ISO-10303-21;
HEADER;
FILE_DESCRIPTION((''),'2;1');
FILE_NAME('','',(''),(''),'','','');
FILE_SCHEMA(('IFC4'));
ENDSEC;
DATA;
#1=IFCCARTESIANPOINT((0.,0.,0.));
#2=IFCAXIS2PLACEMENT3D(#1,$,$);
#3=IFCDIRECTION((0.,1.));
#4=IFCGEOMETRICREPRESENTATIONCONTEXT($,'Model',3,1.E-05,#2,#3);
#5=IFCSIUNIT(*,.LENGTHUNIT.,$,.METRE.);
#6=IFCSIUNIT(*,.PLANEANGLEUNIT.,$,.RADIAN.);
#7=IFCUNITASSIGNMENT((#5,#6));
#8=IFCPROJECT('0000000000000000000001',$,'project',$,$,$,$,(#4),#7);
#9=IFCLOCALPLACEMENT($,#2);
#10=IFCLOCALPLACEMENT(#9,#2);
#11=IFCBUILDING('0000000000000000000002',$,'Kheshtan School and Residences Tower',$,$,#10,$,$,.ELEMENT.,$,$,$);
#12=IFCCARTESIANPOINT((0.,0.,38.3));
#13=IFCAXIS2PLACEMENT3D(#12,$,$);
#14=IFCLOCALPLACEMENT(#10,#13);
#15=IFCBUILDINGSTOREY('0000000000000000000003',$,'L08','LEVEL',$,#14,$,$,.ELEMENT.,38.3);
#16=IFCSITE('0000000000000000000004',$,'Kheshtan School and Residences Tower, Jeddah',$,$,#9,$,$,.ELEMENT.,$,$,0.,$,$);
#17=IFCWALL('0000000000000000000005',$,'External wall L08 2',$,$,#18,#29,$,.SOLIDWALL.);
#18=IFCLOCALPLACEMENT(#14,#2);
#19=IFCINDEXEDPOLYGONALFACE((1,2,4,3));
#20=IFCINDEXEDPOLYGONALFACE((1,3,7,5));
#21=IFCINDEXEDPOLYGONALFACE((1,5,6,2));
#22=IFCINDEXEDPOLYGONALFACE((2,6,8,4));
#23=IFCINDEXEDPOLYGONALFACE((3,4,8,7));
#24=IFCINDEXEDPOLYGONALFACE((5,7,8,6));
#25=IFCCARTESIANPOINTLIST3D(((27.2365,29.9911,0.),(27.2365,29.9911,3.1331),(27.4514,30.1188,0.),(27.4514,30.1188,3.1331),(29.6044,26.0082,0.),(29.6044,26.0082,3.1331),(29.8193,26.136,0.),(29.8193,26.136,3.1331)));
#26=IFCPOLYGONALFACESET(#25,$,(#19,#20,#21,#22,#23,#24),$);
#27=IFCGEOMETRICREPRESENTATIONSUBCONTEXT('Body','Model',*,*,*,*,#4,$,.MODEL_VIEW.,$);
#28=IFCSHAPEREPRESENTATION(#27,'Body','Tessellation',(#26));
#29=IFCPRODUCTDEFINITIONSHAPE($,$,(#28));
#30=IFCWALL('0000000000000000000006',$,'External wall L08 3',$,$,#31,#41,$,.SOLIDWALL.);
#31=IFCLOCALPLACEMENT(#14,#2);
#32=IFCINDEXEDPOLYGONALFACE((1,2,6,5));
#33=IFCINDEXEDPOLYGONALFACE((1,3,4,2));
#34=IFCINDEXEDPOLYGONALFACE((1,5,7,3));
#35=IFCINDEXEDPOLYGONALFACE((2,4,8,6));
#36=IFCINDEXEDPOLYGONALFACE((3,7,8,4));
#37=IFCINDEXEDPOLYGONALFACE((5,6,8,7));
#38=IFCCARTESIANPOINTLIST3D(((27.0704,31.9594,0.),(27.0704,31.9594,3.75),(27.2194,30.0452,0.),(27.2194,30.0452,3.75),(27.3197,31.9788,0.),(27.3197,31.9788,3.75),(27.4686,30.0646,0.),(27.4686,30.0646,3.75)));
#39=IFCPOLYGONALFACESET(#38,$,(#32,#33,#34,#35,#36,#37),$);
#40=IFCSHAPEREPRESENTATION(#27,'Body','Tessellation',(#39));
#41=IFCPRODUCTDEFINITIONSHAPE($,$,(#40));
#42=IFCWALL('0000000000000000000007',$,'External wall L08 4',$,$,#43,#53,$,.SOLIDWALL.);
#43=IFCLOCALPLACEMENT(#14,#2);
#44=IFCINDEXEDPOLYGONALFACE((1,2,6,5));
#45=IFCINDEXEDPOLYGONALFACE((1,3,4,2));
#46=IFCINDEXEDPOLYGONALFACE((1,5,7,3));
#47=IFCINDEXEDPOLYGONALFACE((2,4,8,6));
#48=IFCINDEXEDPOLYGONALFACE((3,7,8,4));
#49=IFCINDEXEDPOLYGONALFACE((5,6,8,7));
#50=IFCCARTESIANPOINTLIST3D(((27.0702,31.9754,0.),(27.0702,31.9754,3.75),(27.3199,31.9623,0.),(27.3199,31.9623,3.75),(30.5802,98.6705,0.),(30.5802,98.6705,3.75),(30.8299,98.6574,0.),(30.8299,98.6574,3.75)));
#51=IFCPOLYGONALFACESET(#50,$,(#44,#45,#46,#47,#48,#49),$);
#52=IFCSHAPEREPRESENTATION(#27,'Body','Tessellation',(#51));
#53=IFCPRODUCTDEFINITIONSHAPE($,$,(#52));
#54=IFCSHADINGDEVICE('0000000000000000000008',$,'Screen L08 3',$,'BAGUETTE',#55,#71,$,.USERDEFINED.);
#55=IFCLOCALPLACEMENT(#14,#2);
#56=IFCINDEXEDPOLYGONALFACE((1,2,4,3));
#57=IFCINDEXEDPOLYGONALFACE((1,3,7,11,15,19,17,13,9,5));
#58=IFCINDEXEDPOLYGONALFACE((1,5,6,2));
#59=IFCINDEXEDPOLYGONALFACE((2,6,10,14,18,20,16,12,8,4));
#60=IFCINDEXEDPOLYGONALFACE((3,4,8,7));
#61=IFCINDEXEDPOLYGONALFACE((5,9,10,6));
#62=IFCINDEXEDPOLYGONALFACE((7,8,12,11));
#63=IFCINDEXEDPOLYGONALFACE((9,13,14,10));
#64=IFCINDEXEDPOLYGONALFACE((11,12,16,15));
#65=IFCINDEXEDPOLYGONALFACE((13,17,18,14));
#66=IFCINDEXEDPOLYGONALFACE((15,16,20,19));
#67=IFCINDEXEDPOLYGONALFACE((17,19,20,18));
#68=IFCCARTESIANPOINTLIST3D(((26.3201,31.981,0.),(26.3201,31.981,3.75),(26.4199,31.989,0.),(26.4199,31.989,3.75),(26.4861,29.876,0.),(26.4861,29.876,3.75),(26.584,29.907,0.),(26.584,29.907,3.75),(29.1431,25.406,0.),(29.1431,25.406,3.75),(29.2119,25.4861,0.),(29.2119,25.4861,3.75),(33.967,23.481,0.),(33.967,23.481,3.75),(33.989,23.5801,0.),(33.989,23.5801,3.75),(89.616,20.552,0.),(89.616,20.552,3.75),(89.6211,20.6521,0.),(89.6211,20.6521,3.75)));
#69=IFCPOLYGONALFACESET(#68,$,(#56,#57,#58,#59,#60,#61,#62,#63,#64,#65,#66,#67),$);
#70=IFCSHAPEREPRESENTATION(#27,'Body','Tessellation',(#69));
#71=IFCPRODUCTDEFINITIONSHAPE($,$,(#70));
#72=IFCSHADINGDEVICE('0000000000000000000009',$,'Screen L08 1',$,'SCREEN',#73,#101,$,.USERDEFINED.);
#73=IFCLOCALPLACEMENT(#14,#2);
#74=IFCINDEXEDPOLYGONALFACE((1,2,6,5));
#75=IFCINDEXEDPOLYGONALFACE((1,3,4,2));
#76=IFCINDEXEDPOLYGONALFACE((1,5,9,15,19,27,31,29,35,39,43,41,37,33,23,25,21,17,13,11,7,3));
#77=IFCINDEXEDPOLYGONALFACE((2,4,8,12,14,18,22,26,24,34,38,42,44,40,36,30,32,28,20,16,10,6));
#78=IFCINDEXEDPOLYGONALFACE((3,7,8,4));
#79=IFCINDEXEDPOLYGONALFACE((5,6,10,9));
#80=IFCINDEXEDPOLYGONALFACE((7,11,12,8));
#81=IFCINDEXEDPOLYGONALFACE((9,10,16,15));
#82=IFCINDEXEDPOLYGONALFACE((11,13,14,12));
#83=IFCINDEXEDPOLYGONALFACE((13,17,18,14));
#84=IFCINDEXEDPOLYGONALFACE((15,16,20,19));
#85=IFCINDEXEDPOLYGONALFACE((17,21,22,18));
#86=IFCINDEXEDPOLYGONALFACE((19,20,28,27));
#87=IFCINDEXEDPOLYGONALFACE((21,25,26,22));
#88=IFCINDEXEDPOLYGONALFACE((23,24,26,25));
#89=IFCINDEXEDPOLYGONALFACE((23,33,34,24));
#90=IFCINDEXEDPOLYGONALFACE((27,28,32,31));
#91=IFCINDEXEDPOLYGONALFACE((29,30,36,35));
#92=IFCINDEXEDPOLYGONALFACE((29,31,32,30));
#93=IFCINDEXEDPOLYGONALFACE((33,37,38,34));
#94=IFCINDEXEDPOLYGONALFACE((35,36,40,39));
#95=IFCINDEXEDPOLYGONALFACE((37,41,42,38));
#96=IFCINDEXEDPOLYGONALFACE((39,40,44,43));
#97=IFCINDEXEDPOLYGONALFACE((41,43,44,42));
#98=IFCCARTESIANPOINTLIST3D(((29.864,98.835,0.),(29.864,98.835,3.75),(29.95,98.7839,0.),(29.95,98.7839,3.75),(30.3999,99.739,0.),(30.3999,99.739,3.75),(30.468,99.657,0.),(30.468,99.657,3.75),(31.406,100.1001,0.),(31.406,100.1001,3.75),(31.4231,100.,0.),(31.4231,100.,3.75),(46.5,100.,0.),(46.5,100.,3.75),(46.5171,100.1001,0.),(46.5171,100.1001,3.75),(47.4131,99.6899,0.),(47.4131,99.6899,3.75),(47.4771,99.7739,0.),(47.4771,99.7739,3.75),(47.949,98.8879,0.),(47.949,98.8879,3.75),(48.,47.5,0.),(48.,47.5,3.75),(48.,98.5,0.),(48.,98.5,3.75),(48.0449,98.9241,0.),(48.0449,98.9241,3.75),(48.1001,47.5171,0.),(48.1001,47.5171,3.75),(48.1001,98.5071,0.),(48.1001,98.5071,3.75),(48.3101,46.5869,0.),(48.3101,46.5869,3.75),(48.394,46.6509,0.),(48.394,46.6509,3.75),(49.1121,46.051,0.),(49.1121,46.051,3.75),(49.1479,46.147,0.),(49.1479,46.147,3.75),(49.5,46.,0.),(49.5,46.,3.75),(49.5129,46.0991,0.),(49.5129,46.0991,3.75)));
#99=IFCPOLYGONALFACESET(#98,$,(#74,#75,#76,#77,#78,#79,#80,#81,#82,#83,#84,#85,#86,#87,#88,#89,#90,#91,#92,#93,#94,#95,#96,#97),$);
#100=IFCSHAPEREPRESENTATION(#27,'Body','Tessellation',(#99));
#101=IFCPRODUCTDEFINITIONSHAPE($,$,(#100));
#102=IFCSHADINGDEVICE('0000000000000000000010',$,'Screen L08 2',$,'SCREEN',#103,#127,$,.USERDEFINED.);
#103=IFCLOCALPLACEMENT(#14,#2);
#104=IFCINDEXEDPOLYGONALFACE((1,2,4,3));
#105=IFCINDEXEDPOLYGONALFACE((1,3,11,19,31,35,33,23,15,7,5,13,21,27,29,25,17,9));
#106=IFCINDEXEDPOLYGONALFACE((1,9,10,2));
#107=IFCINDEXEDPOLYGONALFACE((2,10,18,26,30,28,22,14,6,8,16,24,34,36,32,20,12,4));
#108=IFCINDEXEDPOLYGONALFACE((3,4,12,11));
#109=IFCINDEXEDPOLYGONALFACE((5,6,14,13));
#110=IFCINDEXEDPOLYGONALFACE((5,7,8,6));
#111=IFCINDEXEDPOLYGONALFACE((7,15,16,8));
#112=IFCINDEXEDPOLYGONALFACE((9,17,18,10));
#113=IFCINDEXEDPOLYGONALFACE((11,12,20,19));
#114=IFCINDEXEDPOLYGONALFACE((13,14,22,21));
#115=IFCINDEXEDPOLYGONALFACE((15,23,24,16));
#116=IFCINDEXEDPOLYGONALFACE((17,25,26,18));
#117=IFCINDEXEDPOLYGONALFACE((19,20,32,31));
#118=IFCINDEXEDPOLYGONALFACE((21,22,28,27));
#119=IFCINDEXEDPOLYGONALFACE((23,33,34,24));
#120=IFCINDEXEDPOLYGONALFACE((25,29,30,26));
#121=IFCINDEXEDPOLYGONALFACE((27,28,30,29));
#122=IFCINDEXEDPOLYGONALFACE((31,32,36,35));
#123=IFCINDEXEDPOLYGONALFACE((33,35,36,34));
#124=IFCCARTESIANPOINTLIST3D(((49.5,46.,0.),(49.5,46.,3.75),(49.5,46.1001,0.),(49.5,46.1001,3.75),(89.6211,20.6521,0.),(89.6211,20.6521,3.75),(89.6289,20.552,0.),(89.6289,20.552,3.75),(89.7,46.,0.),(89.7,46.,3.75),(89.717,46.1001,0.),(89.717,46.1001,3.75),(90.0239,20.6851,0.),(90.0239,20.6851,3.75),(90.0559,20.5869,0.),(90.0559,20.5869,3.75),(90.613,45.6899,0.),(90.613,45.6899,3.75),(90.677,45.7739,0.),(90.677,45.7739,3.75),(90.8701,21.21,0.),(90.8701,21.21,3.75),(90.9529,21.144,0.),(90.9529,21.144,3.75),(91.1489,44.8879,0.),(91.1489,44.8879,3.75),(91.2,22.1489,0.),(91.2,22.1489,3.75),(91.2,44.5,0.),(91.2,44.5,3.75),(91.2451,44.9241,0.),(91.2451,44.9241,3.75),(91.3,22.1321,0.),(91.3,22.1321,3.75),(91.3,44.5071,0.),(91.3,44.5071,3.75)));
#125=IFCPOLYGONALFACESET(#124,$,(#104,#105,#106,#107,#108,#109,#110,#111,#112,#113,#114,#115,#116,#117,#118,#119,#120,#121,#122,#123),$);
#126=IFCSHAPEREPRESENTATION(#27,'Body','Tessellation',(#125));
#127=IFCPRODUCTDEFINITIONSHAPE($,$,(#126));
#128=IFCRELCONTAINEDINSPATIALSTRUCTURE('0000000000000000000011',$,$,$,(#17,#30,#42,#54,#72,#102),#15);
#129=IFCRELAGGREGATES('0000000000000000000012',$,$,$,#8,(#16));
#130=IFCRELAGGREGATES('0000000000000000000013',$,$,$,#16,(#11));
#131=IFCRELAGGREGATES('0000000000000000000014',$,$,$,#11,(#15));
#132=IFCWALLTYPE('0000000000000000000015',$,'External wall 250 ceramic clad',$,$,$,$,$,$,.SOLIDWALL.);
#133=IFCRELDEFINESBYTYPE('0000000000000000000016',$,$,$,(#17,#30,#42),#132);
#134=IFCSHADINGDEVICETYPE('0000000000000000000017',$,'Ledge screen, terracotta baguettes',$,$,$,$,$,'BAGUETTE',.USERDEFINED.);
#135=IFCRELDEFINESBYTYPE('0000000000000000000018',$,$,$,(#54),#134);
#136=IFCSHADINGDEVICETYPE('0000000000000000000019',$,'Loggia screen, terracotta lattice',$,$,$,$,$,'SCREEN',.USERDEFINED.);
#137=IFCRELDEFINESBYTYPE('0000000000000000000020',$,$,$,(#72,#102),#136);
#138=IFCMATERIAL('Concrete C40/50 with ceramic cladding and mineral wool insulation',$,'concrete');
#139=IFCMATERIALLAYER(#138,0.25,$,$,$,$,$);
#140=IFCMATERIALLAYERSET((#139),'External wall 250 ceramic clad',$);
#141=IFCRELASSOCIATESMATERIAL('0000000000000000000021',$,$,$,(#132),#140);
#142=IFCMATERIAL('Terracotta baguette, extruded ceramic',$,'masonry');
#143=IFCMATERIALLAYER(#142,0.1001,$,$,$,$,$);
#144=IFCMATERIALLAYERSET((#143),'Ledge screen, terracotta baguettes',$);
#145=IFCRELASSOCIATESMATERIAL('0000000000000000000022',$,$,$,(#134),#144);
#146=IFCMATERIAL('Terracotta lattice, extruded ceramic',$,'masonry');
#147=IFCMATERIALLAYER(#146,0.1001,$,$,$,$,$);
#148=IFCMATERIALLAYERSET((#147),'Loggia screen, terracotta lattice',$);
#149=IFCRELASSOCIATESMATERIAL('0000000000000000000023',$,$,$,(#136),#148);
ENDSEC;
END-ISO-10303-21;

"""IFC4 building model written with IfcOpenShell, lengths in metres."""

from ifc_helpers import new_model, si_unit, direction, frame, frame_2d, origin, place, context, subcontext, project, spatial, polyline, rectangle, outline, extrude, material, layer, layer_set, type_object, element, save


model = new_model("IFC4")

# Units and contexts
model_context = context("Model", 3, precision=1e-05, world=origin(), true_north=direction((0.0, 1.0)))
body_context = subcontext(model_context, "Body", "Model", "MODEL_VIEW")
ifc_project = project(units=[si_unit("LENGTHUNIT", "METRE"), si_unit("PLANEANGLEUNIT", "RADIAN")], contexts=[model_context])

# Site, building, storey
site_placement = place(None, origin())
site = spatial("IfcSite", under=ifc_project, at=site_placement, Name="Kheshtan School and Residences Tower, Jeddah", CompositionType="ELEMENT", RefElevation=0.0)
building_placement = place(site_placement, origin())
building = spatial("IfcBuilding", under=site, at=building_placement, Name="Kheshtan School and Residences Tower", CompositionType="ELEMENT")
storey_placement = place(building_placement, frame((0.0, 0.0, 38.3)))
storey = spatial("IfcBuildingStorey", under=building, at=storey_placement, Name="L08", Description="LEVEL", CompositionType="ELEMENT", Elevation=38.3)

# Walls
ifc_material_1 = material(Name="Concrete C40/50 with ceramic cladding and mineral wool insulation", Category="concrete")
ifc_layer_1 = layer(ifc_material_1, 0.25)
ifc_layer_set_1 = layer_set([ifc_layer_1], Name="External wall 250 ceramic clad")
wall_type_1 = type_object("IfcWallType", Name="External wall 250 ceramic clad", PredefinedType="SOLIDWALL", material=ifc_layer_set_1)
wall_1_placement = place(storey_placement, frame((29.7119, 26.072, 0.0), z_axis=(0.0, 0.0, 1.0), x_axis=(-0.511028, 0.859564, 0.0)))
element("IfcWall", 1, at=wall_1_placement, inside=storey, type_object=wall_type_1, Name="External wall L08 2", PredefinedType="SOLIDWALL", context=body_context, shape_type="SweptSolid", body=[
    extrude(rectangle(XDim=4.6335, YDim=0.25, at=frame_2d((2.3169, 0.0))), origin(), (0.0, 0.0, 1.0), 3.1331),
])
wall_2_placement = place(storey_placement, frame((27.344, 30.0549, 0.0), z_axis=(0.0, 0.0, 1.0), x_axis=(-0.077572, 0.996987, 0.0)))
element("IfcWall", 2, at=wall_2_placement, inside=storey, type_object=wall_type_1, Name="External wall L08 3", PredefinedType="SOLIDWALL", context=body_context, shape_type="SweptSolid", body=[
    extrude(rectangle(XDim=1.9199, YDim=0.25, at=frame_2d((0.96, 0.0))), origin(), (0.0, 0.0, 1.0), 3.75),
])
wall_3_placement = place(storey_placement, frame((27.1951, 31.969, 0.0), z_axis=(0.0, 0.0, 1.0), x_axis=(0.052555, 0.998618, 0.0)))
element("IfcWall", 3, at=wall_3_placement, inside=storey, type_object=wall_type_1, Name="External wall L08 4", PredefinedType="SOLIDWALL", context=body_context, shape_type="SweptSolid", body=[
    extrude(rectangle(XDim=66.7874, YDim=0.25, at=frame_2d((33.3936, 0.0))), origin(), (0.0, 0.0, 1.0), 3.75),
])

# Shading devices
ifc_material_2 = material(Name="Terracotta baguette, extruded ceramic", Category="masonry")
ifc_layer_2 = layer(ifc_material_2, 0.1001)
ifc_layer_set_2 = layer_set([ifc_layer_2], Name="Ledge screen, terracotta baguettes")
shading_device_type_1 = type_object("IfcShadingDeviceType", Name="Ledge screen, terracotta baguettes", ElementType="BAGUETTE", PredefinedType="USERDEFINED", material=ifc_layer_set_2)
shading_device_1_placement = place(storey_placement, origin())
element("IfcShadingDevice", 4, at=shading_device_1_placement, inside=storey, type_object=shading_device_type_1, Name="Screen L08 3", ObjectType="BAGUETTE", PredefinedType="USERDEFINED", context=body_context, shape_type="SweptSolid", body=[
    extrude(outline(polyline([(89.6211, 20.6521), (33.989, 23.5801), (29.2119, 25.4861), (26.584, 29.907), (26.4199, 31.989), (26.3201, 31.981), (26.4861, 29.876), (29.1431, 25.406), (33.967, 23.481), (89.616, 20.552), (89.6211, 20.6521)])), origin(), (0.0, 0.0, 1.0), 3.75),
])
ifc_material_3 = material(Name="Terracotta lattice, extruded ceramic", Category="masonry")
ifc_layer_3 = layer(ifc_material_3, 0.1001)
ifc_layer_set_3 = layer_set([ifc_layer_3], Name="Loggia screen, terracotta lattice")
shading_device_type_2 = type_object("IfcShadingDeviceType", Name="Loggia screen, terracotta lattice", ElementType="SCREEN", PredefinedType="USERDEFINED", material=ifc_layer_set_3)
shading_device_2_placement = place(storey_placement, origin())
element("IfcShadingDevice", 5, at=shading_device_2_placement, inside=storey, type_object=shading_device_type_2, Name="Screen L08 1", ObjectType="SCREEN", PredefinedType="USERDEFINED", context=body_context, shape_type="SweptSolid", body=[
    extrude(outline(polyline([(29.95, 98.7839), (30.468, 99.657), (31.4231, 100.0), (46.5, 100.0), (47.4131, 99.6899), (47.949, 98.8879), (48.0, 98.5), (48.0, 47.5), (48.3101, 46.5869), (49.1121, 46.051), (49.5, 46.0), (49.5129, 46.0991), (49.1479, 46.147), (48.394, 46.6509), (48.1001, 47.5171), (48.1001, 98.5071), (48.0449, 98.9241), (47.4771, 99.7739), (46.5171, 100.1001), (31.406, 100.1001), (30.3999, 99.739), (29.864, 98.835), (29.95, 98.7839)])), origin(), (0.0, 0.0, 1.0), 3.75),
])
shading_device_3_placement = place(storey_placement, origin())
element("IfcShadingDevice", 6, at=shading_device_3_placement, inside=storey, type_object=shading_device_type_2, Name="Screen L08 2", ObjectType="SCREEN", PredefinedType="USERDEFINED", context=body_context, shape_type="SweptSolid", body=[
    extrude(outline(polyline([(49.5, 46.0), (89.7, 46.0), (90.613, 45.6899), (91.1489, 44.8879), (91.2, 44.5), (91.2, 22.1489), (90.8701, 21.21), (90.0239, 20.6851), (89.6211, 20.6521), (89.6289, 20.552), (90.0559, 20.5869), (90.9529, 21.144), (91.3, 22.1321), (91.3, 44.5071), (91.2451, 44.9241), (90.677, 45.7739), (89.717, 46.1001), (49.5, 46.1001), (49.5, 46.0)])), origin(), (0.0, 0.0, 1.0), 3.75),
])

save(model, "model.ifc")
